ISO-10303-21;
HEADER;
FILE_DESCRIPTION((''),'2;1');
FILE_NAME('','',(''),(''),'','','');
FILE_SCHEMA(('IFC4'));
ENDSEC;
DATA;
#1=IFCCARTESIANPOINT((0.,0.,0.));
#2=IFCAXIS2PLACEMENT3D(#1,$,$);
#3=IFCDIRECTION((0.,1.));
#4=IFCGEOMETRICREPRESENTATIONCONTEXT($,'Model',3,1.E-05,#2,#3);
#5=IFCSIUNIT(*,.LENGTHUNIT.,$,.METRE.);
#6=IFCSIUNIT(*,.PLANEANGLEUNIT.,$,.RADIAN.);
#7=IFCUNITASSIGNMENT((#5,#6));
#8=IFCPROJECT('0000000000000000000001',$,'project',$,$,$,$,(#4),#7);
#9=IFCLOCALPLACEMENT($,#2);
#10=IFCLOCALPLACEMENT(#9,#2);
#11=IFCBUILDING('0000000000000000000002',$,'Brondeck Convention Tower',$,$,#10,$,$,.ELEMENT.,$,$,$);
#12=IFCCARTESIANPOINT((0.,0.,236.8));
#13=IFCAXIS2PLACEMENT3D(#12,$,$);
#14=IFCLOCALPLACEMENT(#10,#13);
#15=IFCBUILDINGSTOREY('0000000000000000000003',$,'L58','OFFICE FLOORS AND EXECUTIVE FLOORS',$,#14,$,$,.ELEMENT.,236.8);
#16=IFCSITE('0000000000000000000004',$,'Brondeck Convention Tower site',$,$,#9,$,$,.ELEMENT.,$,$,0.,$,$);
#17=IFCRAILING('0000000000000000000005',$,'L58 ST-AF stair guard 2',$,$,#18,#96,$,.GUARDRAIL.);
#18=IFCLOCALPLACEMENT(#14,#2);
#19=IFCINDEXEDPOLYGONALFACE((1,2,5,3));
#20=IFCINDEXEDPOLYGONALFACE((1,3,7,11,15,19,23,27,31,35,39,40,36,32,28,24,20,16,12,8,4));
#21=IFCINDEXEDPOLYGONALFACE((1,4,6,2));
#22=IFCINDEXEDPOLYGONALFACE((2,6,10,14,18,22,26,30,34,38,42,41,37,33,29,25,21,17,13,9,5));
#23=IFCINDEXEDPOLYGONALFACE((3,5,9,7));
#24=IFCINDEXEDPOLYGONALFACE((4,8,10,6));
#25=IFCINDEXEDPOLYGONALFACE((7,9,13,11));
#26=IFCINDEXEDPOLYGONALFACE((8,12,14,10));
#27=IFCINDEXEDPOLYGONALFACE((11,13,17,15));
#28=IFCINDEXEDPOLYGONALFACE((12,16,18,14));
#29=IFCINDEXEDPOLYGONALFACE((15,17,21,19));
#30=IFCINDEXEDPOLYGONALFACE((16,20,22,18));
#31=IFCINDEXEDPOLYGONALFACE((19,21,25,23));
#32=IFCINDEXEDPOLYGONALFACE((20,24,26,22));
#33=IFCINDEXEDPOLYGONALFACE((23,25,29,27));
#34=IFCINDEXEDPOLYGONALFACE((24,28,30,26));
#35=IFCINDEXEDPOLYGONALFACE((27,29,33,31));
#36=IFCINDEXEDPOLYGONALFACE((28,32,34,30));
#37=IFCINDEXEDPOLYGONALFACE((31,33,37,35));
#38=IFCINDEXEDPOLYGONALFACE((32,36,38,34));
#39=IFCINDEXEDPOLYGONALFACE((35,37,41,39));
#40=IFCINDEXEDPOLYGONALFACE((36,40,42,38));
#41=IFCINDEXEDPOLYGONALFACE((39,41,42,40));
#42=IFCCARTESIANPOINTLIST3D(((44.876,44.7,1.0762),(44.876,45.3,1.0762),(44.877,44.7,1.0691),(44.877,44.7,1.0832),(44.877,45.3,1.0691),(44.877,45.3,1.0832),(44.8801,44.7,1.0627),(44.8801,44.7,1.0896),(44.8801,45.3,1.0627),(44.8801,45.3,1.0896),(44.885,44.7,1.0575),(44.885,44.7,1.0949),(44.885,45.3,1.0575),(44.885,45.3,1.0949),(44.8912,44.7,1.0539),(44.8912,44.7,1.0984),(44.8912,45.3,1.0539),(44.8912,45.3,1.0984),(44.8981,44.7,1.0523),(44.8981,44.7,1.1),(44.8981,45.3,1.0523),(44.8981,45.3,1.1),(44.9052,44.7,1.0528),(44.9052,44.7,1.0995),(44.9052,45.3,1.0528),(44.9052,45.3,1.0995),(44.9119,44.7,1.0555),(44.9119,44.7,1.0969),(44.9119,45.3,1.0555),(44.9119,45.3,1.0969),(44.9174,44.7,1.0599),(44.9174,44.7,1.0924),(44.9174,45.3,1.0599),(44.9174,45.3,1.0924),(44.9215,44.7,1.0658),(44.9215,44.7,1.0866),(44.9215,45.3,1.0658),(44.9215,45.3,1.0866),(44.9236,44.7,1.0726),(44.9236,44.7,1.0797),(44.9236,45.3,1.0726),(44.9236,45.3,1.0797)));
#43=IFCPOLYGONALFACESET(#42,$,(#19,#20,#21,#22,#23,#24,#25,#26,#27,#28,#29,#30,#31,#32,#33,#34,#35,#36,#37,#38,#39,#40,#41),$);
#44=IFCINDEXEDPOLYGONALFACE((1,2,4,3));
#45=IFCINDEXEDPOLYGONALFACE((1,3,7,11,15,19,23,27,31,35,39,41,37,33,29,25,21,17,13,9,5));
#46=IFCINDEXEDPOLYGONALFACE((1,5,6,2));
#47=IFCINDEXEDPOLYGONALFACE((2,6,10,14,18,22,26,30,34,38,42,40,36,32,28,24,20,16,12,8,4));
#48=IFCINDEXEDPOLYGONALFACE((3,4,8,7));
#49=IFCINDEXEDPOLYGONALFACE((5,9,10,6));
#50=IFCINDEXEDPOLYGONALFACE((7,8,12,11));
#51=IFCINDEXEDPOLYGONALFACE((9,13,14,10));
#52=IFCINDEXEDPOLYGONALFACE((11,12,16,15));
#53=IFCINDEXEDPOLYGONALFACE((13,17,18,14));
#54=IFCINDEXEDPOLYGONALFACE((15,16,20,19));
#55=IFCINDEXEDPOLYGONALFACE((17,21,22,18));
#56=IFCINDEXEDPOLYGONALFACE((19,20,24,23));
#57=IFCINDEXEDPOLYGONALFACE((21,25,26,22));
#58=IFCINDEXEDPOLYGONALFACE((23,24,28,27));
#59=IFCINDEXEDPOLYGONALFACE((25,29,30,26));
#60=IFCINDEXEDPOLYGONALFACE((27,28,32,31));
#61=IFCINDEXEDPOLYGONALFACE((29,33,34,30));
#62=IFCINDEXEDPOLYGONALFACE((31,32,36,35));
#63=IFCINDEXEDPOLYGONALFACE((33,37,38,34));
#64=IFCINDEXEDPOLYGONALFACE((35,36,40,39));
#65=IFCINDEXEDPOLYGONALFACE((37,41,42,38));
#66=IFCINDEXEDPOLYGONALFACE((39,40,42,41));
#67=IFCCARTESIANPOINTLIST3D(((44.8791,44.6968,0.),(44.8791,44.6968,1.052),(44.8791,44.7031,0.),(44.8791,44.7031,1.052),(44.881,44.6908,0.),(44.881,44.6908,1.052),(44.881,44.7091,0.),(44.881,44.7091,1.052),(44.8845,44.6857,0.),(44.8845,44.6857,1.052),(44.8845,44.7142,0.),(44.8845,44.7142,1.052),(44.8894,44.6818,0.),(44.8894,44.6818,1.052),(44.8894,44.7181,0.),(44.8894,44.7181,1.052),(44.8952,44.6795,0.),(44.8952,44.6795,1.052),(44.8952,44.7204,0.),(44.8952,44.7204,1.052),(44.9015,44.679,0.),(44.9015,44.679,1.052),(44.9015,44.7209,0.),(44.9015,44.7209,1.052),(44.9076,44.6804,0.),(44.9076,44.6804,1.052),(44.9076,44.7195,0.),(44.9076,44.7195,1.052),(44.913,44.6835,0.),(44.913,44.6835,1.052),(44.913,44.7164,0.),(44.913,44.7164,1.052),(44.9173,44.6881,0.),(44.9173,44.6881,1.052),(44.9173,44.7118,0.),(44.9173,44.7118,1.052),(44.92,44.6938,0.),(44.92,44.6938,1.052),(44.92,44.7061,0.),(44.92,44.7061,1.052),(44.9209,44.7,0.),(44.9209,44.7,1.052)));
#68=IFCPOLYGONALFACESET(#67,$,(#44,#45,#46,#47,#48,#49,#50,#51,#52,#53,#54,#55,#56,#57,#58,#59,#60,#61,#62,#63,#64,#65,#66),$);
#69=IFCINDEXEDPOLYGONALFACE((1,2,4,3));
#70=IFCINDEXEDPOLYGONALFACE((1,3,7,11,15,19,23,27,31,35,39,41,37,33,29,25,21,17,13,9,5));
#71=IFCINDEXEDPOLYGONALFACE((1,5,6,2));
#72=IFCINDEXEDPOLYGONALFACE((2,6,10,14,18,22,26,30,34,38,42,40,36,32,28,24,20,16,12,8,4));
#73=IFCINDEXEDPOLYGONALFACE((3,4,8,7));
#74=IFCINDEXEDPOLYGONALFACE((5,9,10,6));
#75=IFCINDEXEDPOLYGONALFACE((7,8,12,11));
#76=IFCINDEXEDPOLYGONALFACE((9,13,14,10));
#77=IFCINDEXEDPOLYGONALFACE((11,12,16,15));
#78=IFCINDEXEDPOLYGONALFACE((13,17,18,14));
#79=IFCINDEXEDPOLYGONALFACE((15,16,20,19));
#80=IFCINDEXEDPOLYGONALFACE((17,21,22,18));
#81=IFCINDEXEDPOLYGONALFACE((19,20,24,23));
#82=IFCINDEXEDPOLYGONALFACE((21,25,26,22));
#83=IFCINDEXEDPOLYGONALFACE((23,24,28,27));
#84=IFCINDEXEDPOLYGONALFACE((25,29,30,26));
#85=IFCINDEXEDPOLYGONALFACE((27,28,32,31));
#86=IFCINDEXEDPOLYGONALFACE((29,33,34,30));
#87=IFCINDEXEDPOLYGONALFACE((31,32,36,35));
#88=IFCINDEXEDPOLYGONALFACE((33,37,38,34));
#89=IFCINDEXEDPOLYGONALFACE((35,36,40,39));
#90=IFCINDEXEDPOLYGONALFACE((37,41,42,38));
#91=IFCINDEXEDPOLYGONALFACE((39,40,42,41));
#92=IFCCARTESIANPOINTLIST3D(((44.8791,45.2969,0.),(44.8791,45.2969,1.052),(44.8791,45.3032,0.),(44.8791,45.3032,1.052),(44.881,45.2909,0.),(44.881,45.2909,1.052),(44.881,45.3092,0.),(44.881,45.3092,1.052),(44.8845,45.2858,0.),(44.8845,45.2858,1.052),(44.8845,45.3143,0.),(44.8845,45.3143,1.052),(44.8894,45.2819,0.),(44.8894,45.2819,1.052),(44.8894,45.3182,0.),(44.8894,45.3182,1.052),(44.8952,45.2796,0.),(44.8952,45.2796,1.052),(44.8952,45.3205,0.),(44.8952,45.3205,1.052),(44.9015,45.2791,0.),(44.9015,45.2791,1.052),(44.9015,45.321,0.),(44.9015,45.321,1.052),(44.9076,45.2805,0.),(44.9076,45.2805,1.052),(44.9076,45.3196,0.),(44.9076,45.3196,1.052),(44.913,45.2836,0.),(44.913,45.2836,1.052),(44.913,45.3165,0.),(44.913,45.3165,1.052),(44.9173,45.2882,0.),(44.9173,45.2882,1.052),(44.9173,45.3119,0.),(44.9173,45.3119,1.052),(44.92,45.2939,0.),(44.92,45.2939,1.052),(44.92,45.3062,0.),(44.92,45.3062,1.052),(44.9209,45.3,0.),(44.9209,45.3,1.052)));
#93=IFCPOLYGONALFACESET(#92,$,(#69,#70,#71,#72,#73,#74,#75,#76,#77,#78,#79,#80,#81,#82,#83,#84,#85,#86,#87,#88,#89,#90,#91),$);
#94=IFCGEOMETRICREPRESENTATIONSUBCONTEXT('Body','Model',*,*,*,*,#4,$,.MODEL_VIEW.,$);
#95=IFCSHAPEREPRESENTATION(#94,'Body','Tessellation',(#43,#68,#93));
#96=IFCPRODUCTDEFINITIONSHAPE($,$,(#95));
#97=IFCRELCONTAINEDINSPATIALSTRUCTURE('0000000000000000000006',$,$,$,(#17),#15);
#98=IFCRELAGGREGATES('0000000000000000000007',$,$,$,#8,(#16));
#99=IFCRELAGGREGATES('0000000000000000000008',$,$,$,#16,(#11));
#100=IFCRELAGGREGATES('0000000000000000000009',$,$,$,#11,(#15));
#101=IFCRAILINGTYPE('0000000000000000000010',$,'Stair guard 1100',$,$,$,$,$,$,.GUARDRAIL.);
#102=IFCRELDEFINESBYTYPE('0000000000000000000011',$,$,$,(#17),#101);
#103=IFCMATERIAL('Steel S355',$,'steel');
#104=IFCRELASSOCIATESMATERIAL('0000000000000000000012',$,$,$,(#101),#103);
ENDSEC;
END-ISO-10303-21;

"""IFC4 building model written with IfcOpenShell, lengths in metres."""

from ifc_helpers import new_model, si_unit, direction, frame, origin, origin_2d, place, context, subcontext, project, spatial, circle, extrude, material, type_object, element, save


model = new_model("IFC4")

# Units and contexts
model_context = context("Model", 3, precision=1e-05, world=origin(), true_north=direction((0.0, 1.0)))
body_context = subcontext(model_context, "Body", "Model", "MODEL_VIEW")
ifc_project = project(units=[si_unit("LENGTHUNIT", "METRE"), si_unit("PLANEANGLEUNIT", "RADIAN")], contexts=[model_context])

# Site, building, storey
site_placement = place(None, origin())
site = spatial("IfcSite", under=ifc_project, at=site_placement, Name="Brondeck Convention Tower site", CompositionType="ELEMENT", RefElevation=0.0)
building_placement = place(site_placement, origin())
building = spatial("IfcBuilding", under=site, at=building_placement, Name="Brondeck Convention Tower", CompositionType="ELEMENT")
storey_placement = place(building_placement, frame((0.0, 0.0, 236.8)))
storey = spatial("IfcBuildingStorey", under=building, at=storey_placement, Name="L58", Description="OFFICE FLOORS AND EXECUTIVE FLOORS", CompositionType="ELEMENT", Elevation=236.8)

# Shared definitions
ifc_material_1 = material(Name="Steel S355", Category="steel")

# Railing
railing_type_1 = type_object("IfcRailingType", Name="Stair guard 1100", PredefinedType="GUARDRAIL", material=ifc_material_1)
railing_1_placement = place(storey_placement, frame((44.8999, 44.7, 0.0)))
element("IfcRailing", 1, at=railing_1_placement, inside=storey, type_object=railing_type_1, Name="L58 ST-AF stair guard 2", PredefinedType="GUARDRAIL", context=body_context, shape_type="SweptSolid", body=[
    extrude(circle(Radius=0.0239, at=origin_2d()), frame((0.0, 0.0, 1.0762), z_axis=(0.0, 1.0, 0.0), x_axis=(-1.0, 0.0, 0.0)), (0.0, 0.0, 1.0), 0.6001),
    extrude(circle(Radius=0.021, at=origin_2d()), origin(), (0.0, 0.0, 1.0), 1.052),
    extrude(circle(Radius=0.021, at=origin_2d()), frame((0.0, 0.6001, 0.0)), (0.0, 0.0, 1.0), 1.052),
])

save(model, "model.ifc")
